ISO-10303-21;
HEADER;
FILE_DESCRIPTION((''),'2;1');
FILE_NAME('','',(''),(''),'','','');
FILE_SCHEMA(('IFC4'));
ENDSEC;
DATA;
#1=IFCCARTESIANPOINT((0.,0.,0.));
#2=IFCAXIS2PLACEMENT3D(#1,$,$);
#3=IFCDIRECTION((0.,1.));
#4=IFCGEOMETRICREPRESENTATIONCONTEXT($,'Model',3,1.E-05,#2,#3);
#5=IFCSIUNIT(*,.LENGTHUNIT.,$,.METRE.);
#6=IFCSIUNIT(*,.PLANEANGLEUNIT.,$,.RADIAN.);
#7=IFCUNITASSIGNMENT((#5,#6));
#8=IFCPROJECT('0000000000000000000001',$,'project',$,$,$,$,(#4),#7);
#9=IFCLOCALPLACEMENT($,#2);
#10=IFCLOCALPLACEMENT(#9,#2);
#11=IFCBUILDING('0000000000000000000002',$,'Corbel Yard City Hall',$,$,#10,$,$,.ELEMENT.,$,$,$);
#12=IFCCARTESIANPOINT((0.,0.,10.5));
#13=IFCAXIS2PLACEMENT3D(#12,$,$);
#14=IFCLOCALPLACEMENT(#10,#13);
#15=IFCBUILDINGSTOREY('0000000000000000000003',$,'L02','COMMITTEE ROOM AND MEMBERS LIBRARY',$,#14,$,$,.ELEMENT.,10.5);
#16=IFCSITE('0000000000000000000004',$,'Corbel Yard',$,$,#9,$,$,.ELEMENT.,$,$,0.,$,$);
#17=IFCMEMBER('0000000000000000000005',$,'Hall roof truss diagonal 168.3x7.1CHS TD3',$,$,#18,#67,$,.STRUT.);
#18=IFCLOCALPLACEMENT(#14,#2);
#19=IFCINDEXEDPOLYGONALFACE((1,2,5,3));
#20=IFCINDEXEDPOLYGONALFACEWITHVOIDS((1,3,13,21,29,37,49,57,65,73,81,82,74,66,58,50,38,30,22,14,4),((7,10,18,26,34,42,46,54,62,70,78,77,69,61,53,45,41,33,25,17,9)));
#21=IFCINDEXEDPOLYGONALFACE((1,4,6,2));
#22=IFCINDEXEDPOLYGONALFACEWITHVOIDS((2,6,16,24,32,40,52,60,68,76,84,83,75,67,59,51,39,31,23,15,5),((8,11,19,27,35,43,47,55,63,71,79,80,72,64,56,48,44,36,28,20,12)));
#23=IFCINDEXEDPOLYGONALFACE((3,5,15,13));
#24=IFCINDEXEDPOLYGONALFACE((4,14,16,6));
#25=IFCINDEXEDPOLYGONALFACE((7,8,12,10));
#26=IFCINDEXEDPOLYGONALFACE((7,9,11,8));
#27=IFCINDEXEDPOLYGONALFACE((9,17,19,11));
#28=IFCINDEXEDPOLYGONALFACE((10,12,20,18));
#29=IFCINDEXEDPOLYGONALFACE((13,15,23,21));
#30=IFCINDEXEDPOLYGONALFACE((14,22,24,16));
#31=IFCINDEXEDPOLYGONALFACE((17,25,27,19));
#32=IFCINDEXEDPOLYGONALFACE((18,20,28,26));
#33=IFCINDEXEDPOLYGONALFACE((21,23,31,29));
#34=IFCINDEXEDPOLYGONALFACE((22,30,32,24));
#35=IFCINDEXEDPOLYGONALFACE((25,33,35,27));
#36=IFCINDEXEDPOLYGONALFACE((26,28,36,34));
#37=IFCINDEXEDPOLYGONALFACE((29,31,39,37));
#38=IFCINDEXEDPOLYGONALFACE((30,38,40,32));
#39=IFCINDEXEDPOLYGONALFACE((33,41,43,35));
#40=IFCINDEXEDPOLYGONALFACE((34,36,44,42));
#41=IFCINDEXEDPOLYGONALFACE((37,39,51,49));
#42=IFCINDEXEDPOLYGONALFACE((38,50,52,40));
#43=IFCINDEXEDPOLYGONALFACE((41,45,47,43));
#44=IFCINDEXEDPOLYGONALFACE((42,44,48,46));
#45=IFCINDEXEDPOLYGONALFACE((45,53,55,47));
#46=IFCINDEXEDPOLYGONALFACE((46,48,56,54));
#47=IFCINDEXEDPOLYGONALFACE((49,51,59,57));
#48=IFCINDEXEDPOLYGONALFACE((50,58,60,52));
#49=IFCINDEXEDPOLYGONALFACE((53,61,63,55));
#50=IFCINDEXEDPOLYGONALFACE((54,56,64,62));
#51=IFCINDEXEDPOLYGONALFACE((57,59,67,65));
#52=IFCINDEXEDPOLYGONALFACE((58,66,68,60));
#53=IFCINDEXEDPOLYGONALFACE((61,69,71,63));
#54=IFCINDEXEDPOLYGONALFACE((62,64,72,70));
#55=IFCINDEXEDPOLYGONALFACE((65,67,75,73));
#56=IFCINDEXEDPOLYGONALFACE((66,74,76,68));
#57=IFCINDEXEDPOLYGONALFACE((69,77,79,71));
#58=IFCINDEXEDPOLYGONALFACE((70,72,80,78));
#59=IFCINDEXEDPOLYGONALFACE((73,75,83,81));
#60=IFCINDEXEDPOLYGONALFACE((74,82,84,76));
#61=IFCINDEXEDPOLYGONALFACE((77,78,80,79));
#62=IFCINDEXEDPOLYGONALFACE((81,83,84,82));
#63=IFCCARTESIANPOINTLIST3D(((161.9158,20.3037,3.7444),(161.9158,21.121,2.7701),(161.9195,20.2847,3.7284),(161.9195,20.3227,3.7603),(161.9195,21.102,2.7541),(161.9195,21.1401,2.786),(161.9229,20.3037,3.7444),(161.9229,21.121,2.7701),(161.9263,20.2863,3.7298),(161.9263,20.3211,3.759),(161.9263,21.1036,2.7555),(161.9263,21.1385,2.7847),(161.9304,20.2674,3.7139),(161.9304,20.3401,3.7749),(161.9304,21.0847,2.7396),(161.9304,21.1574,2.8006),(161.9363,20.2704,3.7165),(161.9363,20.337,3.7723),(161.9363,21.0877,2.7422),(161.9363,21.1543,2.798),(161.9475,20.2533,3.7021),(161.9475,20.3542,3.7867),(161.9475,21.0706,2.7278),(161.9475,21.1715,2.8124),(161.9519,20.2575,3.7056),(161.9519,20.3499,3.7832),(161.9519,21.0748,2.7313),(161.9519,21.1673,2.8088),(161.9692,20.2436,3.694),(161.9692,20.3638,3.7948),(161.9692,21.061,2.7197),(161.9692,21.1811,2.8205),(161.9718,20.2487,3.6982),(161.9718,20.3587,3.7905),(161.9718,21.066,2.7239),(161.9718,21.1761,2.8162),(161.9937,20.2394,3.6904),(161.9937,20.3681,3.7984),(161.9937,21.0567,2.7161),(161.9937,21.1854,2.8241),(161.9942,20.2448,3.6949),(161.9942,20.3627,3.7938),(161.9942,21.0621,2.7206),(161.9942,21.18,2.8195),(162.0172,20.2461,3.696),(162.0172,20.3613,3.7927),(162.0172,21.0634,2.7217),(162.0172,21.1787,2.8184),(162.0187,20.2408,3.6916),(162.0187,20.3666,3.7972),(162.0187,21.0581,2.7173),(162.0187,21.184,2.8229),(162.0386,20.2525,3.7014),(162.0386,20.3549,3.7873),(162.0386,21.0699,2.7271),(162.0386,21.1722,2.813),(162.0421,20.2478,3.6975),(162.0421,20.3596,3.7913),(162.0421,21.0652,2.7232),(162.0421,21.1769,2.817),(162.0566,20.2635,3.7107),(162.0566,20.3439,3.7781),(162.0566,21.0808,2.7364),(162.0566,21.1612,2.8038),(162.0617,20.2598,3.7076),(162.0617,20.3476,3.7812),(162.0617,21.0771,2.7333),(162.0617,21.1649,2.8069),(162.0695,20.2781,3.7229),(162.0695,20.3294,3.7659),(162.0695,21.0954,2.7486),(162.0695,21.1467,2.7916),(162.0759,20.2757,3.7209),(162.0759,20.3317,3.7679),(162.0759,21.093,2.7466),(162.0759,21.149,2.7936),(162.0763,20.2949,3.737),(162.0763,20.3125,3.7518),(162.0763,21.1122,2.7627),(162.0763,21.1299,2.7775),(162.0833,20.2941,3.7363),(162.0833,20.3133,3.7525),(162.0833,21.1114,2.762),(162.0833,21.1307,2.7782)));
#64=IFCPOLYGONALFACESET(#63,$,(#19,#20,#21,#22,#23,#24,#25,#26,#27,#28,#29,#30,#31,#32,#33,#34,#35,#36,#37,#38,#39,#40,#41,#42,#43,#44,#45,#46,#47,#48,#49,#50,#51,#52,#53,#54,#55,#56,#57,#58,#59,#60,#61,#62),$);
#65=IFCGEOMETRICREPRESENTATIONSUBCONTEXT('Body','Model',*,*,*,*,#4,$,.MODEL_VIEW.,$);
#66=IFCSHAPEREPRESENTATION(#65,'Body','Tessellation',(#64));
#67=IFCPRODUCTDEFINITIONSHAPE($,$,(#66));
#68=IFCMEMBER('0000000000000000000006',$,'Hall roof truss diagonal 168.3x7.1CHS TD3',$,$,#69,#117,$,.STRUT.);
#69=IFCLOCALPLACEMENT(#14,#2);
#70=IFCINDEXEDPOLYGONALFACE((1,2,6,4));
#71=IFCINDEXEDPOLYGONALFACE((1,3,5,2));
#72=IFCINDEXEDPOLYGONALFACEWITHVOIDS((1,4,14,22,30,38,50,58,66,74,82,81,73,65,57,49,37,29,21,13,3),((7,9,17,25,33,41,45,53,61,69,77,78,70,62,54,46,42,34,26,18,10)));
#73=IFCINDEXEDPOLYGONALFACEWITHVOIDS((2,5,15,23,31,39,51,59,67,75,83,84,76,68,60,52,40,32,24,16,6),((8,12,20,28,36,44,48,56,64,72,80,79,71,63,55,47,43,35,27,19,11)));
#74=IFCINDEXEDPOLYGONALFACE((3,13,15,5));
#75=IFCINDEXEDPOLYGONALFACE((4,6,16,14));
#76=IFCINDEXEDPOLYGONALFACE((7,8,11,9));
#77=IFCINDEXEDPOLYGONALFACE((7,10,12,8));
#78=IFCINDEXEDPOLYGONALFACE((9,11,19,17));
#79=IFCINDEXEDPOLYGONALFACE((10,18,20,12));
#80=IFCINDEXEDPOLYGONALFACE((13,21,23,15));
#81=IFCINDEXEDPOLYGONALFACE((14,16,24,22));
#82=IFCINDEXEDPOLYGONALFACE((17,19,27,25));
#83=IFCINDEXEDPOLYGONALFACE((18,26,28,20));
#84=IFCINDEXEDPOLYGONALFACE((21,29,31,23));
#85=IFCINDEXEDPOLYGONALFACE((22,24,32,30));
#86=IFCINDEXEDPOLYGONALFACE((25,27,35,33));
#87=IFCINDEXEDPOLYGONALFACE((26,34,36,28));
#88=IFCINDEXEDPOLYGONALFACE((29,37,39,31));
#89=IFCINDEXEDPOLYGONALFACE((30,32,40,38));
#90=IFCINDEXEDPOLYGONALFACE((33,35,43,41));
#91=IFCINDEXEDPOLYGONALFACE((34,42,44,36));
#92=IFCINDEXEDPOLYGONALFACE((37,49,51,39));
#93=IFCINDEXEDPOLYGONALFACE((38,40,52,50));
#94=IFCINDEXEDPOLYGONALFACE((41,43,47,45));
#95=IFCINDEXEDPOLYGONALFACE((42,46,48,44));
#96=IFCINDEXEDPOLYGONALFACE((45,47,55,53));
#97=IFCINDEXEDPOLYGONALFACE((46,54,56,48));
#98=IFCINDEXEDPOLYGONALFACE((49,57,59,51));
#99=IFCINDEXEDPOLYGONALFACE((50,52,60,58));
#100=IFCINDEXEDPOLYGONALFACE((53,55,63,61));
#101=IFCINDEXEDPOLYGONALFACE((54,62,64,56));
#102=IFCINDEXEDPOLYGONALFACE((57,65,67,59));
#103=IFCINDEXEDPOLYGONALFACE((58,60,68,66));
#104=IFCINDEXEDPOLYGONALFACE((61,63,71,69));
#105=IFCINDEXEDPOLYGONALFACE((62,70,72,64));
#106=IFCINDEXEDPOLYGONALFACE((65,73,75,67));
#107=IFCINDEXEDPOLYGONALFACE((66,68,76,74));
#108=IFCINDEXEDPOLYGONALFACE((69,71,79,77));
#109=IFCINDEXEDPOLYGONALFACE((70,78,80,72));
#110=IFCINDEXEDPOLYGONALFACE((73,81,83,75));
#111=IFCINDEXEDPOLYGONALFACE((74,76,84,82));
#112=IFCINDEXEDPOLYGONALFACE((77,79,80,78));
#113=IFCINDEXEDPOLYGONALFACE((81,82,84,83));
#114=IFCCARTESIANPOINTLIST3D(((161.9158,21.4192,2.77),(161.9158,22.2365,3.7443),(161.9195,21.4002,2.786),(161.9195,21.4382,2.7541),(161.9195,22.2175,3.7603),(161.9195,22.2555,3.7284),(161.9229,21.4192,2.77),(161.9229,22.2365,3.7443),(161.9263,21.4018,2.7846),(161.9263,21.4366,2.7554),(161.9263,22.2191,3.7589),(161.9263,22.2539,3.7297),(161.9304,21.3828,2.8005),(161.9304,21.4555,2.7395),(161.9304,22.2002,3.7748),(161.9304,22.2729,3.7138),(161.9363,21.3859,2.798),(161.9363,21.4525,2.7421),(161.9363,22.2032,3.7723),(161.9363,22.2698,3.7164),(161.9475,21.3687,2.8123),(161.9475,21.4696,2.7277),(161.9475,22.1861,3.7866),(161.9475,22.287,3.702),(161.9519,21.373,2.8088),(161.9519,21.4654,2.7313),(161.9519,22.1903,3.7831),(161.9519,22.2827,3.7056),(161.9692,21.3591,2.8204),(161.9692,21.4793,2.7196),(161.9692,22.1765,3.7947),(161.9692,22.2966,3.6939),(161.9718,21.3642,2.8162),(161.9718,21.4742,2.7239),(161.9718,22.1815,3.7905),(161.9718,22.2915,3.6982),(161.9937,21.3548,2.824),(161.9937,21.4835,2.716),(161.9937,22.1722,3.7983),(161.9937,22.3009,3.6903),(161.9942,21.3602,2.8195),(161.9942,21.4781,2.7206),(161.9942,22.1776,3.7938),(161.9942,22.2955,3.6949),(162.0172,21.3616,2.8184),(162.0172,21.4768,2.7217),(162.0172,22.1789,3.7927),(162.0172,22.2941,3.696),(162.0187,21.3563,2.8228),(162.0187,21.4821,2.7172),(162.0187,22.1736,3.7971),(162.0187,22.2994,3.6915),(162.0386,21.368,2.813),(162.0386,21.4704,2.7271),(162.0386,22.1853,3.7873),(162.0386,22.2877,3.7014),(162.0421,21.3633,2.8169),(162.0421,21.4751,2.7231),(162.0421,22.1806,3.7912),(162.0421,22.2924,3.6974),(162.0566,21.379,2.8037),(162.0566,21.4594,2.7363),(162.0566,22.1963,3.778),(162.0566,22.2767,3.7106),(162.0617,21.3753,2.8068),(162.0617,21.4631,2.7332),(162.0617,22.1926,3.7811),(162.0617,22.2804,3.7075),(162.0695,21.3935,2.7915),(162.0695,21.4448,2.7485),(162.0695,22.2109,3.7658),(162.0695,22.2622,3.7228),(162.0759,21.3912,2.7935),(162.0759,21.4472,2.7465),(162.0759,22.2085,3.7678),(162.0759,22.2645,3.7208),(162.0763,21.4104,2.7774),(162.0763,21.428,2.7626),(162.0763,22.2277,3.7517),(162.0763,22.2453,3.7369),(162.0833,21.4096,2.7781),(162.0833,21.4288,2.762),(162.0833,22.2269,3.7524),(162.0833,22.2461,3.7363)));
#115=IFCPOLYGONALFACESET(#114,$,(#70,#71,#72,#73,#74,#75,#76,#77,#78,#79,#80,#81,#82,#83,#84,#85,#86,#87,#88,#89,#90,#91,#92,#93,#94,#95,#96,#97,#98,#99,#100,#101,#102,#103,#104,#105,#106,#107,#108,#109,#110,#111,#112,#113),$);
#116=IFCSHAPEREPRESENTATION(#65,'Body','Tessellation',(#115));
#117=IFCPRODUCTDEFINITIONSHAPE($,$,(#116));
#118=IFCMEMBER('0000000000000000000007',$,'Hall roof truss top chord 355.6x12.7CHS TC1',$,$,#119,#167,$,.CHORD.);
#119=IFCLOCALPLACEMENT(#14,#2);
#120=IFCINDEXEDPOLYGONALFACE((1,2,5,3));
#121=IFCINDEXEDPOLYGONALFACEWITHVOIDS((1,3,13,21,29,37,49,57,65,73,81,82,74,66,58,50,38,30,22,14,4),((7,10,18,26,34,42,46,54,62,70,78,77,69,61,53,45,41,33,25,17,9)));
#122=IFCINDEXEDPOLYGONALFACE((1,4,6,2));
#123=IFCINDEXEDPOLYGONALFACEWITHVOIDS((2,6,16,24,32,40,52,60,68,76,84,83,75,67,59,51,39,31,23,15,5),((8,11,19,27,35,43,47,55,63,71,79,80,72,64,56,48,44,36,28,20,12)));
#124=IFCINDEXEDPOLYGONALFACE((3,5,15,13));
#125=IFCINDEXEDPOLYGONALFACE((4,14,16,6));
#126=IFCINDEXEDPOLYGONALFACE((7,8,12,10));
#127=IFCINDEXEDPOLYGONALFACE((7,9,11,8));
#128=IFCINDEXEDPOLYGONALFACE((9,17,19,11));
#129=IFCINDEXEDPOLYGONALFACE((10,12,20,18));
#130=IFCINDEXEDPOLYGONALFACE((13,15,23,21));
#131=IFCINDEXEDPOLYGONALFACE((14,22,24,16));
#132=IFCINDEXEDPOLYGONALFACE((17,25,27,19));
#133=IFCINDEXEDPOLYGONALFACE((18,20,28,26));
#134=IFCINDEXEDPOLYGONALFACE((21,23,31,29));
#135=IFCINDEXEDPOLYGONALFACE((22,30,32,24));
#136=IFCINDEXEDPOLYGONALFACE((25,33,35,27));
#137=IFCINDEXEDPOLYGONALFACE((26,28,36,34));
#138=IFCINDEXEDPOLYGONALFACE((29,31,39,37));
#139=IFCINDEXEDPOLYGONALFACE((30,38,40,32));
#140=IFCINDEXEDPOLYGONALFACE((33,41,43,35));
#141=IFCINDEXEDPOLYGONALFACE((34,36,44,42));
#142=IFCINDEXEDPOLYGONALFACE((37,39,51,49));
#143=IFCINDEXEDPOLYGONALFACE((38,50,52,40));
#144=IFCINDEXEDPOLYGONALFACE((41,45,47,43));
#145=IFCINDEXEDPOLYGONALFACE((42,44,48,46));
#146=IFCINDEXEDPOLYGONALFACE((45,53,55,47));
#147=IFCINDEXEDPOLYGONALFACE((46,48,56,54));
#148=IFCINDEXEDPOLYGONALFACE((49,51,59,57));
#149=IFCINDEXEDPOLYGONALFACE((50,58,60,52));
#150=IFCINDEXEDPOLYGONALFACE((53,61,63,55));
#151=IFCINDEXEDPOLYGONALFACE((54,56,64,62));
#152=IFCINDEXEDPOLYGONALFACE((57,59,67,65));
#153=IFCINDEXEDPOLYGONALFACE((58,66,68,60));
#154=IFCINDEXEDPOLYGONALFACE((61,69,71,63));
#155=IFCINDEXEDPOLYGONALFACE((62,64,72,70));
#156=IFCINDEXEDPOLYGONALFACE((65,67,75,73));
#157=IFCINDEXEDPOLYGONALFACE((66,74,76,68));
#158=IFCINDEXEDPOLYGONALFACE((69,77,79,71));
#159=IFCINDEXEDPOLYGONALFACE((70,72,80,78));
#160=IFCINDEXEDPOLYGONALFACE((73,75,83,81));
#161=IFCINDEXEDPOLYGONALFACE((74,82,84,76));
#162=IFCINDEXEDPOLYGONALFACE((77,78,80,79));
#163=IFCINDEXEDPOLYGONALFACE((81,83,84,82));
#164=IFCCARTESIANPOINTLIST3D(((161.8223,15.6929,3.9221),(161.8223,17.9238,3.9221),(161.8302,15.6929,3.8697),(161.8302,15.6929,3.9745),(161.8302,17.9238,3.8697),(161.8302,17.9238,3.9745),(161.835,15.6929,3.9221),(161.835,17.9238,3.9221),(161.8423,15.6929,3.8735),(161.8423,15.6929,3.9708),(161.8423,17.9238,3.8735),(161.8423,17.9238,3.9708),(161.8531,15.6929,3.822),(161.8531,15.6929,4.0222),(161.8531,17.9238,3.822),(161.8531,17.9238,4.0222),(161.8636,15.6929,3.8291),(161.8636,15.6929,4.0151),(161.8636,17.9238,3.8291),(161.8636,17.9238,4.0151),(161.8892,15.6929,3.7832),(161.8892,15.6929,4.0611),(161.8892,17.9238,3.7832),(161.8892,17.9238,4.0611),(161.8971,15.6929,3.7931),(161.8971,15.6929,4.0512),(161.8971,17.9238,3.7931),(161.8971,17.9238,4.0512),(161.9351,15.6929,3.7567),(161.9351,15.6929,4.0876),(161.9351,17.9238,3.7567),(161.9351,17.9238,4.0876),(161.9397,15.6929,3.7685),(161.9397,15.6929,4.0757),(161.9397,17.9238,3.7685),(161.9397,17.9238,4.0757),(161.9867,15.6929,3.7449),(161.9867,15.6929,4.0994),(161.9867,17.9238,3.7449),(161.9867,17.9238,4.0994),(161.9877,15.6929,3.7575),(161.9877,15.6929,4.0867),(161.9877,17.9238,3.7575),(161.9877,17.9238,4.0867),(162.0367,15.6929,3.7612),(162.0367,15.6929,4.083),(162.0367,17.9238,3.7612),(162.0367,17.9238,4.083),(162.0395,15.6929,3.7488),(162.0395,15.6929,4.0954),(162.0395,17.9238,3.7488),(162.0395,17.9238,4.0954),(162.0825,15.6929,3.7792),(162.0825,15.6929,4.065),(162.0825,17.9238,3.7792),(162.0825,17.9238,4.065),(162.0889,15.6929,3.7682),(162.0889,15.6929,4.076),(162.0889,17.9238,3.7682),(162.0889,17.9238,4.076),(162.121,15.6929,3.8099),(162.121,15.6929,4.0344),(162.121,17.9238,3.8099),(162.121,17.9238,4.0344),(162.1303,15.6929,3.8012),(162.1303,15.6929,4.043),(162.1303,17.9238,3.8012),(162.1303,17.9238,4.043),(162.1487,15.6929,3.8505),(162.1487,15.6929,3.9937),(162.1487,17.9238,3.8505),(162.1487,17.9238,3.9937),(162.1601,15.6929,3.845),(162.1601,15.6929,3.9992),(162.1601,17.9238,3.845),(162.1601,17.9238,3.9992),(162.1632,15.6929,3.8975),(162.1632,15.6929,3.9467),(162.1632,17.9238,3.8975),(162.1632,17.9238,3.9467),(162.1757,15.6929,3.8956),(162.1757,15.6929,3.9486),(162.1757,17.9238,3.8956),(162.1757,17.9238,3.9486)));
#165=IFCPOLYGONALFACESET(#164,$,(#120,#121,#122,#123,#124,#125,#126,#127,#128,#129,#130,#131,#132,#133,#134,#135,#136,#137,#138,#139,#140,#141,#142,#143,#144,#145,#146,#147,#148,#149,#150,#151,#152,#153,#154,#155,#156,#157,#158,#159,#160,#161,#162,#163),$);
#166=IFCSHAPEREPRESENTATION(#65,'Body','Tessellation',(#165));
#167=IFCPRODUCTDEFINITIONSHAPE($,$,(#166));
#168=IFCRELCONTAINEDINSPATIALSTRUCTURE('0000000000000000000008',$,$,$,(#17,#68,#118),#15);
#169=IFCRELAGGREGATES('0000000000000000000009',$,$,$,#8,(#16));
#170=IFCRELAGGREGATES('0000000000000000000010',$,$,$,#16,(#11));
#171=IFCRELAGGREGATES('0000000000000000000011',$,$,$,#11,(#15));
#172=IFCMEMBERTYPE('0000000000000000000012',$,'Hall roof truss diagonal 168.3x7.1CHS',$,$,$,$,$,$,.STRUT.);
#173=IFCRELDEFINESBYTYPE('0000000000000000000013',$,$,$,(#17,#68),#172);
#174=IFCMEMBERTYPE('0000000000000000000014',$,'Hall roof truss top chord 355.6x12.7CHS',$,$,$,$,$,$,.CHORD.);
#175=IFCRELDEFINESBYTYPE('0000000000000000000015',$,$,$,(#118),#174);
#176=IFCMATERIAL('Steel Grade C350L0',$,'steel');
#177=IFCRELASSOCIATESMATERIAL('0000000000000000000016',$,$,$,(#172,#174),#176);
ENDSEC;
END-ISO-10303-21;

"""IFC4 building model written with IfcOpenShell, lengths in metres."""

from ifc_helpers import new_model, si_unit, direction, frame, origin, origin_2d, place, context, subcontext, project, spatial, hollow_circle, extrude, material, material_profile, profile_set, type_object, element, save


model = new_model("IFC4")

# Units and contexts
model_context = context("Model", 3, precision=1e-05, world=origin(), true_north=direction((0.0, 1.0)))
body_context = subcontext(model_context, "Body", "Model", "MODEL_VIEW")
ifc_project = project(units=[si_unit("LENGTHUNIT", "METRE"), si_unit("PLANEANGLEUNIT", "RADIAN")], contexts=[model_context])

# Site, building, storey
site_placement = place(None, origin())
site = spatial("IfcSite", under=ifc_project, at=site_placement, Name="Corbel Yard", CompositionType="ELEMENT", RefElevation=0.0)
building_placement = place(site_placement, origin())
building = spatial("IfcBuilding", under=site, at=building_placement, Name="Corbel Yard City Hall", CompositionType="ELEMENT")
storey_placement = place(building_placement, frame((0.0, 0.0, 10.5)))
storey = spatial("IfcBuildingStorey", under=building, at=storey_placement, Name="L02", Description="COMMITTEE ROOM AND MEMBERS LIBRARY", CompositionType="ELEMENT", Elevation=10.5)

# Members
ifc_material_1 = material(Name="Steel Grade C350L0", Category="steel")
ifc_material_profile_1 = material_profile(ifc_material_1, hollow_circle(Radius=0.0842, WallThickness=0.0071, at=origin_2d()), Name="168.3x7.1CHS")
ifc_profile_set_1 = profile_set([ifc_material_profile_1], Name="Steel Grade C350L0")
member_type_1 = type_object("IfcMemberType", Name="Hall roof truss diagonal 168.3x7.1CHS", PredefinedType="STRUT", material=ifc_profile_set_1)
for number, where, z_axis, x_axis, name in (
    (1, (162.0, 20.3037, 3.7444), (0.0, 0.642692, -0.766124), (-1.0, 0.0, 0.0), "Hall roof truss diagonal 168.3x7.1CHS TD3"),
    (2, (162.0, 21.4192, 2.77), (0.0, 0.642692, 0.766124), (-1.0, 0.0, 0.0), "Hall roof truss diagonal 168.3x7.1CHS TD3"),
):
    element("IfcMember", number, at=place(storey_placement, frame(where, z_axis=z_axis, x_axis=x_axis)), inside=storey, type_object=member_type_1, Name=name, PredefinedType="STRUT", context=body_context, shape_type="SweptSolid", body=[
        extrude(hollow_circle(Radius=0.0842, WallThickness=0.0071, at=origin_2d()), origin(), (0.0, 0.0, 1.0), 1.2717),
    ])
ifc_material_profile_2 = material_profile(ifc_material_1, hollow_circle(Radius=0.1777, WallThickness=0.0127, at=origin_2d()), Name="355.6x12.7CHS")
ifc_profile_set_2 = profile_set([ifc_material_profile_2], Name="Steel Grade C350L0")
member_type_2 = type_object("IfcMemberType", Name="Hall roof truss top chord 355.6x12.7CHS", PredefinedType="CHORD", material=ifc_profile_set_2)
for number, where, z_axis, x_axis, name in (
    (3, (162.0, 15.6929, 3.9221), (0.0, 1.0, 0.0), (-1.0, 0.0, 0.0), "Hall roof truss top chord 355.6x12.7CHS TC1"),
):
    element("IfcMember", number, at=place(storey_placement, frame(where, z_axis=z_axis, x_axis=x_axis)), inside=storey, type_object=member_type_2, Name=name, PredefinedType="CHORD", context=body_context, shape_type="SweptSolid", body=[
        extrude(hollow_circle(Radius=0.1777, WallThickness=0.0127, at=origin_2d()), origin(), (0.0, 0.0, 1.0), 2.231),
    ])

save(model, "model.ifc")
